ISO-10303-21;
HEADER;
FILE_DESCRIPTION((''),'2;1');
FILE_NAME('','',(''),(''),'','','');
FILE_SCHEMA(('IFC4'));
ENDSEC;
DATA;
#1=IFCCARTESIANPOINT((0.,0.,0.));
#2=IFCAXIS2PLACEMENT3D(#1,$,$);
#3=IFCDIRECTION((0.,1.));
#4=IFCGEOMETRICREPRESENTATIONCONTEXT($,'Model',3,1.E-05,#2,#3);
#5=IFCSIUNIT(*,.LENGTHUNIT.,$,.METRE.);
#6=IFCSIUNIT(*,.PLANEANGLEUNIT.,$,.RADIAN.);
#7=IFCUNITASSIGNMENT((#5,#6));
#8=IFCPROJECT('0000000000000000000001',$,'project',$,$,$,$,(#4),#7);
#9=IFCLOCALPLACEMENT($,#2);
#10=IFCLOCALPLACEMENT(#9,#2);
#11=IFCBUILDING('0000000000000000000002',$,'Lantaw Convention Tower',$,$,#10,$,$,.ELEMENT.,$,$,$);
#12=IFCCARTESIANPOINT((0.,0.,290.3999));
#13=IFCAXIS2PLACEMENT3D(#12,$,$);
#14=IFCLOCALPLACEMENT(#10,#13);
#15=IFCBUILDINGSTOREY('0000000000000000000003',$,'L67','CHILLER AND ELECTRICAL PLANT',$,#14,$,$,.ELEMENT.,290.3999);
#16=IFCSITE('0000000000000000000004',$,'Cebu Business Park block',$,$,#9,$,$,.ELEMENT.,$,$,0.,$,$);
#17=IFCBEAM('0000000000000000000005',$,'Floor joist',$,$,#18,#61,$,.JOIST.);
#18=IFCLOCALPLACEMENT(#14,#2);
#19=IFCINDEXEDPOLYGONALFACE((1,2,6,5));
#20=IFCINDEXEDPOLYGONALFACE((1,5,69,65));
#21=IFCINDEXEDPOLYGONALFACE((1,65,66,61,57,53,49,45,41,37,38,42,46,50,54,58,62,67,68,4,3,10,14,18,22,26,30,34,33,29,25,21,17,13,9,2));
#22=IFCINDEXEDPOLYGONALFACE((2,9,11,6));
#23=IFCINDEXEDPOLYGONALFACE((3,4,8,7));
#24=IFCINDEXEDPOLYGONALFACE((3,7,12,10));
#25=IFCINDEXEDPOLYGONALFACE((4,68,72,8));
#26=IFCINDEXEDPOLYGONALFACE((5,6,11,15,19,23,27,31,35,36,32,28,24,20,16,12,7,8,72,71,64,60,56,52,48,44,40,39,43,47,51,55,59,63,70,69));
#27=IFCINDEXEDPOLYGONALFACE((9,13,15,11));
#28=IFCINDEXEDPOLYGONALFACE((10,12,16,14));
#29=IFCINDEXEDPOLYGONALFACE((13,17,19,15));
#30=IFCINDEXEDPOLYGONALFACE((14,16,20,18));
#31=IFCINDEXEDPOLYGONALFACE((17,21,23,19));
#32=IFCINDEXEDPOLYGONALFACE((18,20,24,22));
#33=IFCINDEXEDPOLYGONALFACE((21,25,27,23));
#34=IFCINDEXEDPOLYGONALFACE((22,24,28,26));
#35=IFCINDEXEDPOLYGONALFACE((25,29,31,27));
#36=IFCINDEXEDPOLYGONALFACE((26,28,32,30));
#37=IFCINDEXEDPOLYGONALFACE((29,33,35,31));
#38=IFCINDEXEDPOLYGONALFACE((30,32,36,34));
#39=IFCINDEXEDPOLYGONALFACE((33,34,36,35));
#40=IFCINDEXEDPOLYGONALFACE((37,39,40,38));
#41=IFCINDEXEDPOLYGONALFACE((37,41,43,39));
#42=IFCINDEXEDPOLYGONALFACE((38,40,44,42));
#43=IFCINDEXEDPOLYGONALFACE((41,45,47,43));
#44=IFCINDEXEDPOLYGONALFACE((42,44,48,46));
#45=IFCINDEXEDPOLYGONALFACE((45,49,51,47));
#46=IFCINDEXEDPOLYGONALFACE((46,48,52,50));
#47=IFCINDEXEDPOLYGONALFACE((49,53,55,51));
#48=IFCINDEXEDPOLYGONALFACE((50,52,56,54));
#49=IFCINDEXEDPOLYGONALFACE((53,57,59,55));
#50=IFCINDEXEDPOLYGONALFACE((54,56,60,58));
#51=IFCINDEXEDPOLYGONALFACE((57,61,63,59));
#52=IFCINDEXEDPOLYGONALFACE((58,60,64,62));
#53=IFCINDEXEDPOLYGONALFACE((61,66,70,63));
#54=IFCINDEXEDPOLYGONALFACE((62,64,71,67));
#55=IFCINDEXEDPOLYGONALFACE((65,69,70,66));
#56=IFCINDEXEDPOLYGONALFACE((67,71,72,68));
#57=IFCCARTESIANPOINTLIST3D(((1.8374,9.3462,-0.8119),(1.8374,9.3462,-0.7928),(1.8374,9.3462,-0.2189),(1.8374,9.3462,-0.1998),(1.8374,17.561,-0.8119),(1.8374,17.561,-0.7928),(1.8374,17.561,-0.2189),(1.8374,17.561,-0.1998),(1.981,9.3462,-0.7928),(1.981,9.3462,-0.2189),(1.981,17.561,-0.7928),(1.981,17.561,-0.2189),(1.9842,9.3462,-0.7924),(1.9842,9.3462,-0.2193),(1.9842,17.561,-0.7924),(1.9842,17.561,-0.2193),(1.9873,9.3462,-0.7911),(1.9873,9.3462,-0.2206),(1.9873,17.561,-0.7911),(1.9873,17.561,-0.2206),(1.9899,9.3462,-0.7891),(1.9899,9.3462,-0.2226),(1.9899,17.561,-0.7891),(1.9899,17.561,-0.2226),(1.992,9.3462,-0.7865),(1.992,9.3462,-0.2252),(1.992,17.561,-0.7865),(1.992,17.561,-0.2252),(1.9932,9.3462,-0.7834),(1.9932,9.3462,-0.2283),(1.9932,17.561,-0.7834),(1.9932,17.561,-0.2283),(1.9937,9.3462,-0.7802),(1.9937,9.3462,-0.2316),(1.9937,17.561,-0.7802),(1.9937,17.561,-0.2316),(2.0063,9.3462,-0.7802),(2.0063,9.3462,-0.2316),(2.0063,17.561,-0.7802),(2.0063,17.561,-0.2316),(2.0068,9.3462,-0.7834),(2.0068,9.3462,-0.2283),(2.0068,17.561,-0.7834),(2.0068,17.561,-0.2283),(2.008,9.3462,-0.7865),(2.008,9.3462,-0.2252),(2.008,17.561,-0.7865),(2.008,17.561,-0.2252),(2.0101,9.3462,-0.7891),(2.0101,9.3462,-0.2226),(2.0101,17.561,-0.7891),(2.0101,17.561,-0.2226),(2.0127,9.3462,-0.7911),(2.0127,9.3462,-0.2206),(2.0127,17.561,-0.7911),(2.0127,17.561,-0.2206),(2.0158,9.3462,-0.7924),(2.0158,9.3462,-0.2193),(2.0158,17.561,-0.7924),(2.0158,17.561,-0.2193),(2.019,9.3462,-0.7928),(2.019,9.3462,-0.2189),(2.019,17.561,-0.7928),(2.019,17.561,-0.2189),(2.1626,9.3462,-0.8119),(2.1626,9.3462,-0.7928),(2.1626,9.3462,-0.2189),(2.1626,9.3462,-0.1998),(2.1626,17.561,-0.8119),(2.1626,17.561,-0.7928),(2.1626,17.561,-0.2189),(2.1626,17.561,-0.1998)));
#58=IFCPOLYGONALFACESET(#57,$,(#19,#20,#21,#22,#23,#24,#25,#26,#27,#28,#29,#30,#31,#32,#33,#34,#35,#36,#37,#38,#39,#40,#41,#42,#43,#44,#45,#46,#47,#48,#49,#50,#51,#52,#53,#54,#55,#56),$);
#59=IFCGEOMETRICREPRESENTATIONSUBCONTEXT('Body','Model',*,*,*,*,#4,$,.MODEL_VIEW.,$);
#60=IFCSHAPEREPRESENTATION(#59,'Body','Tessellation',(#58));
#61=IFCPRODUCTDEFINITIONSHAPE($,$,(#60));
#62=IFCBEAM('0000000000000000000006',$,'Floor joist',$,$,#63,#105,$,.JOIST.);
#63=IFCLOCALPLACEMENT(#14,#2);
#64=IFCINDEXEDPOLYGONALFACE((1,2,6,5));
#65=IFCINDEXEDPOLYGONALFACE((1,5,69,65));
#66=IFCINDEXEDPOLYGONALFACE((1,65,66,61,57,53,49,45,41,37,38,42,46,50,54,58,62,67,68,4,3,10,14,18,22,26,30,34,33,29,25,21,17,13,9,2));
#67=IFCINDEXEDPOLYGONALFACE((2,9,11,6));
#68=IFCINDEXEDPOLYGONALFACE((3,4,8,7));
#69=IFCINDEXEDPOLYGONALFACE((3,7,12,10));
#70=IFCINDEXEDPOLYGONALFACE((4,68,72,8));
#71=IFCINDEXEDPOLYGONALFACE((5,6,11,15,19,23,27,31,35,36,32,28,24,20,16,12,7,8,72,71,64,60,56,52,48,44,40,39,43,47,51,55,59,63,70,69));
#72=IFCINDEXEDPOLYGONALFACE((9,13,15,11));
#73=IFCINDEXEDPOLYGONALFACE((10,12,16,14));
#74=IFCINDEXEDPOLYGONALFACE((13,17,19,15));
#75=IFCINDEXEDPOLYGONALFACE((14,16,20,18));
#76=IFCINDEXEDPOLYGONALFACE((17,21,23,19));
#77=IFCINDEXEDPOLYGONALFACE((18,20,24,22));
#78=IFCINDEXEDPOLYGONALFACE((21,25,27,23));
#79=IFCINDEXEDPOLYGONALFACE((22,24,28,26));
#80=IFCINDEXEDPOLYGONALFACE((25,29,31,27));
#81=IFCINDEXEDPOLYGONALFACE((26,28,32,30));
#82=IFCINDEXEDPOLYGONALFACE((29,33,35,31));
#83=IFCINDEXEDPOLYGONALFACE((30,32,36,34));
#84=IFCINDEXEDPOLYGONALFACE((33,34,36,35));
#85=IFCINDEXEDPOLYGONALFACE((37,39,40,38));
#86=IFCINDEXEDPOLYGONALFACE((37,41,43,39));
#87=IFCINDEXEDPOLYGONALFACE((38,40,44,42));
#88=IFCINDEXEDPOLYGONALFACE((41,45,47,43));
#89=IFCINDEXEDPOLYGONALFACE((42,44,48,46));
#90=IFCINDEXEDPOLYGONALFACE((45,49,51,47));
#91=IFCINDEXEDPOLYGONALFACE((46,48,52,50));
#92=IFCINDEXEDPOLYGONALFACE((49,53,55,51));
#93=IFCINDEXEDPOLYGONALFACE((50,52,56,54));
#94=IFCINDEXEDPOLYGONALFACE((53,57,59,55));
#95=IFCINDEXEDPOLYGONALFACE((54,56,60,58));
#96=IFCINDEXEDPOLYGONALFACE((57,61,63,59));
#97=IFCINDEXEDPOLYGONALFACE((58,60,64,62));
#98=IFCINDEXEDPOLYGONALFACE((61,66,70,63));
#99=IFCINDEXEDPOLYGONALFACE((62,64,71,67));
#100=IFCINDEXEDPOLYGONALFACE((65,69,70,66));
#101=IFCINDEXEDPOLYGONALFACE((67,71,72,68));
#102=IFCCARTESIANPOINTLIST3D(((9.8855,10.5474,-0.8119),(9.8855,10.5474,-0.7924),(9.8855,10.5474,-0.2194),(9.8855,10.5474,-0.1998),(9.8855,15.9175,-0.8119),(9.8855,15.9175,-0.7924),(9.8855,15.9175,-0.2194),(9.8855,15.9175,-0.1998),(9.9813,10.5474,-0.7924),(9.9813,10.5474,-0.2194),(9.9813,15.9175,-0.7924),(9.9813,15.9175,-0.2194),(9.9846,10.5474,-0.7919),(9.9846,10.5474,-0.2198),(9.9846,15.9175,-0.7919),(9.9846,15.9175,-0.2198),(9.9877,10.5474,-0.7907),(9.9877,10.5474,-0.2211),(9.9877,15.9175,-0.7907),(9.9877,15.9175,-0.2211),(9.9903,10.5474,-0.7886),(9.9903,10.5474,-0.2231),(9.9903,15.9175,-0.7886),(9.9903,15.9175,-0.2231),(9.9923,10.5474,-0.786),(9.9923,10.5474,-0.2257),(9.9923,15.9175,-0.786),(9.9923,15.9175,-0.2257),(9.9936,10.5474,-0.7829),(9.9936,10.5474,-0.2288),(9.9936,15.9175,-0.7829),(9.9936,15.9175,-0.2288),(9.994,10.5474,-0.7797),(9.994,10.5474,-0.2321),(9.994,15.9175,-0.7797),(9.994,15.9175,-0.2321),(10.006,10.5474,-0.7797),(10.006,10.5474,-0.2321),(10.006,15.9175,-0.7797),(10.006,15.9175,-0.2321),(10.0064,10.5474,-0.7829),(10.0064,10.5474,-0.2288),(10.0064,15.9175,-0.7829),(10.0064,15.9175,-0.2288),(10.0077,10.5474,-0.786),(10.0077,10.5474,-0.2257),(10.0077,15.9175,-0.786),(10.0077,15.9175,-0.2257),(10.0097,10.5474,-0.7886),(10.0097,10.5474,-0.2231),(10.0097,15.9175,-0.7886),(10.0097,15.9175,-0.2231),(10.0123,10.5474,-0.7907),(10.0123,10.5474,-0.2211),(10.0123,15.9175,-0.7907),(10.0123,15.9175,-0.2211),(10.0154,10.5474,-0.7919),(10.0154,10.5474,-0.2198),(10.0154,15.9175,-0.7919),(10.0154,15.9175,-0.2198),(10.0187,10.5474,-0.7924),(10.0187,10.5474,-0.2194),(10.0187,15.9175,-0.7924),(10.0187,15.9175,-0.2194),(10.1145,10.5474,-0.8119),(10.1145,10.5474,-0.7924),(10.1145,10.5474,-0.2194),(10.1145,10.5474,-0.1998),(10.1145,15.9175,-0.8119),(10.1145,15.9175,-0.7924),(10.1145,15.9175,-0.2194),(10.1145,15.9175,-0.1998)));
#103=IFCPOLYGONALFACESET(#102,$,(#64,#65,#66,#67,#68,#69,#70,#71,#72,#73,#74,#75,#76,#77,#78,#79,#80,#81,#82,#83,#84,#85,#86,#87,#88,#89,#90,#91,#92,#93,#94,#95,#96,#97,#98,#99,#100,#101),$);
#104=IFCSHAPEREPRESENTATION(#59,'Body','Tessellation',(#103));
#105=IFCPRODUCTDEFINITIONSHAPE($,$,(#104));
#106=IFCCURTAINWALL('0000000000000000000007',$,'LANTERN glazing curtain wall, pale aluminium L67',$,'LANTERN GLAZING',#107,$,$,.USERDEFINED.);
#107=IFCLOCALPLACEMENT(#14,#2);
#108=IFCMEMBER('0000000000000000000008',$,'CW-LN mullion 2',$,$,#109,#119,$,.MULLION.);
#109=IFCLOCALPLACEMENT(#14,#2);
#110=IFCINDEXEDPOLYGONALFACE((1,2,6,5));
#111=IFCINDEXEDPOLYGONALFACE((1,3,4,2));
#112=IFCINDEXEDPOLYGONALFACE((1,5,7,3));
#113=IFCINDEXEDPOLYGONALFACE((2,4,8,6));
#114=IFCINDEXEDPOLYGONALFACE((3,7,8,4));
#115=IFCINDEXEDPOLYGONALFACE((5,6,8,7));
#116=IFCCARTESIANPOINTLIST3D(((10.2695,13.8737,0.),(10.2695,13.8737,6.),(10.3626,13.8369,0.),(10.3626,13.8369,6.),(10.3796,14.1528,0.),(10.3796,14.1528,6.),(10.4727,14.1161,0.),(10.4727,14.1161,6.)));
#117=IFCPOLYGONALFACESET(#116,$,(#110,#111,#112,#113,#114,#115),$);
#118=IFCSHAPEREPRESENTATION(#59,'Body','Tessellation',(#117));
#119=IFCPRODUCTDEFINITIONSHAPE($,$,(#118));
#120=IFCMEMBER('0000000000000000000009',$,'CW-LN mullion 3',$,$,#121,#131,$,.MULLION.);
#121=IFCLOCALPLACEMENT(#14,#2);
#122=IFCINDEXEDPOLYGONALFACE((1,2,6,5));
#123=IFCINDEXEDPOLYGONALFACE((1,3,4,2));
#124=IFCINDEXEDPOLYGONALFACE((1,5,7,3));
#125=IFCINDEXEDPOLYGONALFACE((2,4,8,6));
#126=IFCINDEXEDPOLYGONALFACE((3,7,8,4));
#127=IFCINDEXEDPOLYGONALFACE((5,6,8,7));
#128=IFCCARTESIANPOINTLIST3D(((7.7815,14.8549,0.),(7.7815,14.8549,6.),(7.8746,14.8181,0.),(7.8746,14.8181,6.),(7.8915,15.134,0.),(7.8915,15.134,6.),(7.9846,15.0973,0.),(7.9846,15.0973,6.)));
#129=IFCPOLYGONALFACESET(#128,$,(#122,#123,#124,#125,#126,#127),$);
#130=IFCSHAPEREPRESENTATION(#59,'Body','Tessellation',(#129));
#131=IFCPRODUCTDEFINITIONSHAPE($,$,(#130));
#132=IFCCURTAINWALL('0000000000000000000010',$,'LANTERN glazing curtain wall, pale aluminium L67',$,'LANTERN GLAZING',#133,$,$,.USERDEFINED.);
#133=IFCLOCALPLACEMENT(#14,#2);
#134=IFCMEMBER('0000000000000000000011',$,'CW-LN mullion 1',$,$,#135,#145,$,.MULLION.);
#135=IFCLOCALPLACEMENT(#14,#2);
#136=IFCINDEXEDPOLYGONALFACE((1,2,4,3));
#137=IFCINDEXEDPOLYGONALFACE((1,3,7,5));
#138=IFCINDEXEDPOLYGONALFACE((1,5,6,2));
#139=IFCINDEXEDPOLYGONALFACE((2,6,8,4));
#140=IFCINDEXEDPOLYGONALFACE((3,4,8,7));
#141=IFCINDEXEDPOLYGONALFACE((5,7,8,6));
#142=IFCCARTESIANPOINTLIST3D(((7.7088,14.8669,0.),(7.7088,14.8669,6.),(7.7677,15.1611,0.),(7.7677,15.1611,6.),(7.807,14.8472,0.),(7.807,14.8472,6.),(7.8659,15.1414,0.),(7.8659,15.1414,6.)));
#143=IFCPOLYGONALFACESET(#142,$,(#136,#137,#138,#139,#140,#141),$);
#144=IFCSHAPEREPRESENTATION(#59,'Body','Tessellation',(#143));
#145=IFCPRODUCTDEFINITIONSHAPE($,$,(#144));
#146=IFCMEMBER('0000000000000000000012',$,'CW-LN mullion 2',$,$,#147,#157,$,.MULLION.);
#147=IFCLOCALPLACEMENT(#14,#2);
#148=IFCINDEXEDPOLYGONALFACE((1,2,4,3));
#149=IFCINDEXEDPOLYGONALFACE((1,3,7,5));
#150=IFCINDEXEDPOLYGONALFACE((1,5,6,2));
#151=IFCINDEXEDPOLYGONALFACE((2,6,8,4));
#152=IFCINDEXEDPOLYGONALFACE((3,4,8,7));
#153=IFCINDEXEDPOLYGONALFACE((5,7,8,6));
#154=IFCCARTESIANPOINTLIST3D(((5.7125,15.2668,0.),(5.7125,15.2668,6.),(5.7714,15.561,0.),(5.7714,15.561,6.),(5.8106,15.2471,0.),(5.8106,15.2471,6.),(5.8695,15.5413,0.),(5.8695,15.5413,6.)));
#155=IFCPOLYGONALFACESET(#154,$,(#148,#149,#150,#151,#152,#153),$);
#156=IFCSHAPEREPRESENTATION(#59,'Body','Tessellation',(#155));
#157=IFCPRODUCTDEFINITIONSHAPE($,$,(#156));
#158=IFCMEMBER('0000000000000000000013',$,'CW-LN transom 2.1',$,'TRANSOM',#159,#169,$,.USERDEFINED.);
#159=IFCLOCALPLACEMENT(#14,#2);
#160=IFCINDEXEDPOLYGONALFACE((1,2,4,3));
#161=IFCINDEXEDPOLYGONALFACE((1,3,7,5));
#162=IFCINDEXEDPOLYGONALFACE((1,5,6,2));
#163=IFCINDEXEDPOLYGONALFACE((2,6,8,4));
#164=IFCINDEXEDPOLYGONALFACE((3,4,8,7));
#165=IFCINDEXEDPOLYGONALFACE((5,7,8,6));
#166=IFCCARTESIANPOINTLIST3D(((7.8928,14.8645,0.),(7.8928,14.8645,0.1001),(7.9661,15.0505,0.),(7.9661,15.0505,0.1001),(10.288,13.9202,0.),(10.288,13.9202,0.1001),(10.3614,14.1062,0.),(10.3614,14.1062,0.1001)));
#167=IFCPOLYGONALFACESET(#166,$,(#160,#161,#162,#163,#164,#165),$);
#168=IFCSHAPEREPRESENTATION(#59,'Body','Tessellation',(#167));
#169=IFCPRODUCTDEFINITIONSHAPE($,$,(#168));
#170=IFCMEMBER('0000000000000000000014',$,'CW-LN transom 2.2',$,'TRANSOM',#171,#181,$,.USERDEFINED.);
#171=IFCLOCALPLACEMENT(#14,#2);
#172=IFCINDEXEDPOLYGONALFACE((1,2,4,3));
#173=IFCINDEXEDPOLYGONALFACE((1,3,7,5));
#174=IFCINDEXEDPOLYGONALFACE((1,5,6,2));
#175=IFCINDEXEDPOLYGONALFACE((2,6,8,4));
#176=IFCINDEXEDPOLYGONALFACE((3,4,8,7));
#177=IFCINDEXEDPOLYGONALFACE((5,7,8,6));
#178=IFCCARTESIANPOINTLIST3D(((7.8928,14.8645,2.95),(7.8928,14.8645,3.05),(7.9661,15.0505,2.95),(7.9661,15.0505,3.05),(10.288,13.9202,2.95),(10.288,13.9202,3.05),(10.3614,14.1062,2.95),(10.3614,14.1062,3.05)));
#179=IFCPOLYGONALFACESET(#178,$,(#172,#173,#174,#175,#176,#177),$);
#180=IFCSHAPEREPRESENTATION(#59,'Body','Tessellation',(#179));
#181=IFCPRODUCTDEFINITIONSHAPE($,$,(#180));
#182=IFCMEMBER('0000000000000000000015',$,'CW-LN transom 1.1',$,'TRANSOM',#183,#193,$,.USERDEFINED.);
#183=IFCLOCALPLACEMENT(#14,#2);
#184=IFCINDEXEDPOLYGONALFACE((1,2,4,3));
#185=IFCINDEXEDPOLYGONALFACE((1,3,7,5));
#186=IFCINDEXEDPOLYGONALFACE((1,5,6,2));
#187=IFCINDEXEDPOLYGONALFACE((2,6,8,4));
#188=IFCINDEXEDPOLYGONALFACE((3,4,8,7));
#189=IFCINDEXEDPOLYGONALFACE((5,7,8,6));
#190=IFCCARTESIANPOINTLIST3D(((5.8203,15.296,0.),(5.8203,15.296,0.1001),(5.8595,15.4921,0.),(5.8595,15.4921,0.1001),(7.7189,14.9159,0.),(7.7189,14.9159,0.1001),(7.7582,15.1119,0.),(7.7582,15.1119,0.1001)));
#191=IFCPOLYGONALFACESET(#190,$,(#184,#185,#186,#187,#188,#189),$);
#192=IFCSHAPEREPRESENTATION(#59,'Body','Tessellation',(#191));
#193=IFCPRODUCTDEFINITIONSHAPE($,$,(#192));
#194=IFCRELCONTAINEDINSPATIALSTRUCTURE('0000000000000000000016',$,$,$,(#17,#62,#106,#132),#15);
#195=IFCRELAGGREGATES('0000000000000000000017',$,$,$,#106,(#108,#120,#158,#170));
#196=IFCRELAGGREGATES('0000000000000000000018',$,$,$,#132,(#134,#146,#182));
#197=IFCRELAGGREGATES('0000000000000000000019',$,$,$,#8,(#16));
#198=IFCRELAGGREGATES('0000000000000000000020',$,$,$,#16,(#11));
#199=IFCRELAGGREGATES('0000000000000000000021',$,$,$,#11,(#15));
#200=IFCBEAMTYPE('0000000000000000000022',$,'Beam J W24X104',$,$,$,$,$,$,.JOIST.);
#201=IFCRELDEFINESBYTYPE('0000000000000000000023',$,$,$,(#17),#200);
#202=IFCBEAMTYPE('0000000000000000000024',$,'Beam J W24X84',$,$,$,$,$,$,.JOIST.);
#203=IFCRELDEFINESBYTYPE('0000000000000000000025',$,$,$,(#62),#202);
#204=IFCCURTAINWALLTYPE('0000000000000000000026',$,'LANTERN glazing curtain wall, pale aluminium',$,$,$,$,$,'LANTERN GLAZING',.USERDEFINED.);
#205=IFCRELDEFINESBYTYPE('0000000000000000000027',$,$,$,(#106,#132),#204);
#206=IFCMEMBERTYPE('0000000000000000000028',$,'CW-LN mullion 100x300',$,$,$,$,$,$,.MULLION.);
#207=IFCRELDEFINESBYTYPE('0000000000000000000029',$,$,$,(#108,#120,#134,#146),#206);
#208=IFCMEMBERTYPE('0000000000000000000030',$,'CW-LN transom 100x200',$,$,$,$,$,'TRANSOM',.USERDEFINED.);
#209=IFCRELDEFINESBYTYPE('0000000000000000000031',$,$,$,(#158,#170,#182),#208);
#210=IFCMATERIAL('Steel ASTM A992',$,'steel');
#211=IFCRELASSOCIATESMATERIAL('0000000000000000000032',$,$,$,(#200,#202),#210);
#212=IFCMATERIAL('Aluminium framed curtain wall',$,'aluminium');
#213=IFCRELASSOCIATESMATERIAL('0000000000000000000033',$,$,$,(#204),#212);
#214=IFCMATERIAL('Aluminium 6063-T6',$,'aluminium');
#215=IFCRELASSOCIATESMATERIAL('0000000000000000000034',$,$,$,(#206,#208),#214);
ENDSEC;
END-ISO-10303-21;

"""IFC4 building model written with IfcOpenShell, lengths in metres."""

from ifc_helpers import new_model, si_unit, direction, frame, origin, origin_2d, place, context, subcontext, project, spatial, rectangle, i_section, extrude, material, material_profile, profile_set, type_object, element, aggregate, save


model = new_model("IFC4")

# Units and contexts
model_context = context("Model", 3, precision=1e-05, world=origin(), true_north=direction((0.0, 1.0)))
body_context = subcontext(model_context, "Body", "Model", "MODEL_VIEW")
ifc_project = project(units=[si_unit("LENGTHUNIT", "METRE"), si_unit("PLANEANGLEUNIT", "RADIAN")], contexts=[model_context])

# Site, building, storey
site_placement = place(None, origin())
site = spatial("IfcSite", under=ifc_project, at=site_placement, Name="Cebu Business Park block", CompositionType="ELEMENT", RefElevation=0.0)
building_placement = place(site_placement, origin())
building = spatial("IfcBuilding", under=site, at=building_placement, Name="Lantaw Convention Tower", CompositionType="ELEMENT")
storey_placement = place(building_placement, frame((0.0, 0.0, 290.3999)))
storey = spatial("IfcBuildingStorey", under=building, at=storey_placement, Name="L67", Description="CHILLER AND ELECTRICAL PLANT", CompositionType="ELEMENT", Elevation=290.3999)

# Beams
ifc_material_1 = material(Name="Steel ASTM A992", Category="steel")
ifc_material_profile_1 = material_profile(ifc_material_1, i_section(OverallWidth=0.3252, OverallDepth=0.6121, WebThickness=0.0127, FlangeThickness=0.019, FilletRadius=0.0127, at=origin_2d()), Name="W24X104")
ifc_profile_set_1 = profile_set([ifc_material_profile_1], Name="Steel ASTM A992")
beam_type_1 = type_object("IfcBeamType", Name="Beam J W24X104", PredefinedType="JOIST", material=ifc_profile_set_1)
beam_1_placement = place(storey_placement, frame((2.0, 9.3462, -0.5059), z_axis=(0.0, 1.0, 0.0), x_axis=(-1.0, 0.0, 0.0)))
element("IfcBeam", 1, at=beam_1_placement, inside=storey, type_object=beam_type_1, Name="Floor joist", PredefinedType="JOIST", context=body_context, shape_type="SweptSolid", body=[
    extrude(i_section(OverallWidth=0.3252, OverallDepth=0.6121, WebThickness=0.0127, FlangeThickness=0.019, FilletRadius=0.0127, at=origin_2d()), origin(), (0.0, 0.0, 1.0), 8.2148),
])
ifc_material_profile_2 = material_profile(ifc_material_1, i_section(OverallWidth=0.229, OverallDepth=0.6121, WebThickness=0.012, FlangeThickness=0.0195, FilletRadius=0.0127, at=origin_2d()), Name="W24X84")
ifc_profile_set_2 = profile_set([ifc_material_profile_2], Name="Steel ASTM A992")
beam_type_2 = type_object("IfcBeamType", Name="Beam J W24X84", PredefinedType="JOIST", material=ifc_profile_set_2)
beam_2_placement = place(storey_placement, frame((10.0, 10.5474, -0.5059), z_axis=(0.0, 1.0, 0.0), x_axis=(-1.0, 0.0, 0.0)))
element("IfcBeam", 2, at=beam_2_placement, inside=storey, type_object=beam_type_2, Name="Floor joist", PredefinedType="JOIST", context=body_context, shape_type="SweptSolid", body=[
    extrude(i_section(OverallWidth=0.229, OverallDepth=0.6121, WebThickness=0.012, FlangeThickness=0.0195, FilletRadius=0.0127, at=origin_2d()), origin(), (0.0, 0.0, 1.0), 5.3701),
])

# Curtain walls, members
ifc_material_2 = material(Name="Aluminium framed curtain wall", Category="aluminium")
curtain_wall_type = type_object("IfcCurtainWallType", Name="LANTERN glazing curtain wall, pale aluminium", ElementType="LANTERN GLAZING", PredefinedType="USERDEFINED", material=ifc_material_2)
curtain_wall_1_placement = place(storey_placement, origin())
curtain_wall_1 = element("IfcCurtainWall", 3, at=curtain_wall_1_placement, inside=storey, type_object=curtain_wall_type, Name="LANTERN glazing curtain wall, pale aluminium L67", ObjectType="LANTERN GLAZING", PredefinedType="USERDEFINED")
ifc_material_3 = material(Name="Aluminium 6063-T6", Category="aluminium")
ifc_material_profile_3 = material_profile(ifc_material_3, rectangle(XDim=0.3, YDim=0.1001, at=origin_2d()), Name="CW-LN mullion 100x300")
ifc_profile_set_3 = profile_set([ifc_material_profile_3], Name="Aluminium 6063-T6")
member_type_1 = type_object("IfcMemberType", Name="CW-LN mullion 100x300", PredefinedType="MULLION", material=ifc_profile_set_3)
member_1_placement = place(storey_placement, frame((10.3711, 13.9949, 0.0), z_axis=(0.0, 0.0, 1.0), x_axis=(-0.366802, -0.930299, 0.0)))
member_1 = element("IfcMember", 4, at=member_1_placement, type_object=member_type_1, Name="CW-LN mullion 2", PredefinedType="MULLION", context=body_context, shape_type="SweptSolid", body=[
    extrude(rectangle(XDim=0.3, YDim=0.1001, at=origin_2d()), origin(), (0.0, 0.0, 1.0), 6.0),
])
member_2_placement = place(storey_placement, frame((7.8831, 14.9761, 0.0), z_axis=(0.0, 0.0, 1.0), x_axis=(-0.366802, -0.930299, 0.0)))
member_2 = element("IfcMember", 5, at=member_2_placement, type_object=member_type_1, Name="CW-LN mullion 3", PredefinedType="MULLION", context=body_context, shape_type="SweptSolid", body=[
    extrude(rectangle(XDim=0.3, YDim=0.1001, at=origin_2d()), origin(), (0.0, 0.0, 1.0), 6.0),
])
curtain_wall_2_placement = place(storey_placement, origin())
curtain_wall_2 = element("IfcCurtainWall", 6, at=curtain_wall_2_placement, inside=storey, type_object=curtain_wall_type, Name="LANTERN glazing curtain wall, pale aluminium L67", ObjectType="LANTERN GLAZING", PredefinedType="USERDEFINED")
member_3_placement = place(storey_placement, frame((7.7874, 15.0042, 0.0), z_axis=(0.0, 0.0, 1.0), x_axis=(-0.196367, -0.98053, 0.0)))
member_3 = element("IfcMember", 7, at=member_3_placement, type_object=member_type_1, Name="CW-LN mullion 1", PredefinedType="MULLION", context=body_context, shape_type="SweptSolid", body=[
    extrude(rectangle(XDim=0.3, YDim=0.1001, at=origin_2d()), origin(), (0.0, 0.0, 1.0), 6.0),
])
member_4_placement = place(storey_placement, frame((5.791, 15.4041, 0.0), z_axis=(0.0, 0.0, 1.0), x_axis=(-0.196367, -0.98053, 0.0)))
member_4 = element("IfcMember", 8, at=member_4_placement, type_object=member_type_1, Name="CW-LN mullion 2", PredefinedType="MULLION", context=body_context, shape_type="SweptSolid", body=[
    extrude(rectangle(XDim=0.3, YDim=0.1001, at=origin_2d()), origin(), (0.0, 0.0, 1.0), 6.0),
])

# Members
ifc_material_profile_4 = material_profile(ifc_material_3, rectangle(XDim=0.2, YDim=0.1001, at=origin_2d()), Name="CW-LN transom 100x200")
ifc_profile_set_4 = profile_set([ifc_material_profile_4], Name="Aluminium 6063-T6")
member_type_2 = type_object("IfcMemberType", Name="CW-LN transom 100x200", ElementType="TRANSOM", PredefinedType="USERDEFINED", material=ifc_profile_set_4)
member_5_placement = place(storey_placement, frame((10.3247, 14.0132, 0.05), z_axis=(-0.930309, 0.366776, 0.0), x_axis=(-0.366776, -0.930309, 0.0)))
member_5 = element("IfcMember", 9, at=member_5_placement, type_object=member_type_2, Name="CW-LN transom 2.1", ObjectType="TRANSOM", PredefinedType="USERDEFINED", context=body_context, shape_type="SweptSolid", body=[
    extrude(rectangle(XDim=0.2, YDim=0.1001, at=origin_2d()), origin(), (0.0, 0.0, 1.0), 2.5747),
])
member_6_placement = place(storey_placement, frame((10.3247, 14.0132, 3.0), z_axis=(-0.930309, 0.366776, 0.0), x_axis=(-0.366776, -0.930309, 0.0)))
member_6 = element("IfcMember", 10, at=member_6_placement, type_object=member_type_2, Name="CW-LN transom 2.2", ObjectType="TRANSOM", PredefinedType="USERDEFINED", context=body_context, shape_type="SweptSolid", body=[
    extrude(rectangle(XDim=0.2, YDim=0.1001, at=origin_2d()), origin(), (0.0, 0.0, 1.0), 2.5747),
])
member_7_placement = place(storey_placement, frame((7.7385, 15.0139, 0.05), z_axis=(-0.980542, 0.19631, 0.0), x_axis=(-0.19631, -0.980542, 0.0)))
member_7 = element("IfcMember", 11, at=member_7_placement, type_object=member_type_2, Name="CW-LN transom 1.1", ObjectType="TRANSOM", PredefinedType="USERDEFINED", context=body_context, shape_type="SweptSolid", body=[
    extrude(rectangle(XDim=0.2, YDim=0.1001, at=origin_2d()), origin(), (0.0, 0.0, 1.0), 1.9363),
])

aggregate(curtain_wall_1, [member_1, member_2, member_5, member_6])
aggregate(curtain_wall_2, [member_3, member_4, member_7])

save(model, "model.ifc")
